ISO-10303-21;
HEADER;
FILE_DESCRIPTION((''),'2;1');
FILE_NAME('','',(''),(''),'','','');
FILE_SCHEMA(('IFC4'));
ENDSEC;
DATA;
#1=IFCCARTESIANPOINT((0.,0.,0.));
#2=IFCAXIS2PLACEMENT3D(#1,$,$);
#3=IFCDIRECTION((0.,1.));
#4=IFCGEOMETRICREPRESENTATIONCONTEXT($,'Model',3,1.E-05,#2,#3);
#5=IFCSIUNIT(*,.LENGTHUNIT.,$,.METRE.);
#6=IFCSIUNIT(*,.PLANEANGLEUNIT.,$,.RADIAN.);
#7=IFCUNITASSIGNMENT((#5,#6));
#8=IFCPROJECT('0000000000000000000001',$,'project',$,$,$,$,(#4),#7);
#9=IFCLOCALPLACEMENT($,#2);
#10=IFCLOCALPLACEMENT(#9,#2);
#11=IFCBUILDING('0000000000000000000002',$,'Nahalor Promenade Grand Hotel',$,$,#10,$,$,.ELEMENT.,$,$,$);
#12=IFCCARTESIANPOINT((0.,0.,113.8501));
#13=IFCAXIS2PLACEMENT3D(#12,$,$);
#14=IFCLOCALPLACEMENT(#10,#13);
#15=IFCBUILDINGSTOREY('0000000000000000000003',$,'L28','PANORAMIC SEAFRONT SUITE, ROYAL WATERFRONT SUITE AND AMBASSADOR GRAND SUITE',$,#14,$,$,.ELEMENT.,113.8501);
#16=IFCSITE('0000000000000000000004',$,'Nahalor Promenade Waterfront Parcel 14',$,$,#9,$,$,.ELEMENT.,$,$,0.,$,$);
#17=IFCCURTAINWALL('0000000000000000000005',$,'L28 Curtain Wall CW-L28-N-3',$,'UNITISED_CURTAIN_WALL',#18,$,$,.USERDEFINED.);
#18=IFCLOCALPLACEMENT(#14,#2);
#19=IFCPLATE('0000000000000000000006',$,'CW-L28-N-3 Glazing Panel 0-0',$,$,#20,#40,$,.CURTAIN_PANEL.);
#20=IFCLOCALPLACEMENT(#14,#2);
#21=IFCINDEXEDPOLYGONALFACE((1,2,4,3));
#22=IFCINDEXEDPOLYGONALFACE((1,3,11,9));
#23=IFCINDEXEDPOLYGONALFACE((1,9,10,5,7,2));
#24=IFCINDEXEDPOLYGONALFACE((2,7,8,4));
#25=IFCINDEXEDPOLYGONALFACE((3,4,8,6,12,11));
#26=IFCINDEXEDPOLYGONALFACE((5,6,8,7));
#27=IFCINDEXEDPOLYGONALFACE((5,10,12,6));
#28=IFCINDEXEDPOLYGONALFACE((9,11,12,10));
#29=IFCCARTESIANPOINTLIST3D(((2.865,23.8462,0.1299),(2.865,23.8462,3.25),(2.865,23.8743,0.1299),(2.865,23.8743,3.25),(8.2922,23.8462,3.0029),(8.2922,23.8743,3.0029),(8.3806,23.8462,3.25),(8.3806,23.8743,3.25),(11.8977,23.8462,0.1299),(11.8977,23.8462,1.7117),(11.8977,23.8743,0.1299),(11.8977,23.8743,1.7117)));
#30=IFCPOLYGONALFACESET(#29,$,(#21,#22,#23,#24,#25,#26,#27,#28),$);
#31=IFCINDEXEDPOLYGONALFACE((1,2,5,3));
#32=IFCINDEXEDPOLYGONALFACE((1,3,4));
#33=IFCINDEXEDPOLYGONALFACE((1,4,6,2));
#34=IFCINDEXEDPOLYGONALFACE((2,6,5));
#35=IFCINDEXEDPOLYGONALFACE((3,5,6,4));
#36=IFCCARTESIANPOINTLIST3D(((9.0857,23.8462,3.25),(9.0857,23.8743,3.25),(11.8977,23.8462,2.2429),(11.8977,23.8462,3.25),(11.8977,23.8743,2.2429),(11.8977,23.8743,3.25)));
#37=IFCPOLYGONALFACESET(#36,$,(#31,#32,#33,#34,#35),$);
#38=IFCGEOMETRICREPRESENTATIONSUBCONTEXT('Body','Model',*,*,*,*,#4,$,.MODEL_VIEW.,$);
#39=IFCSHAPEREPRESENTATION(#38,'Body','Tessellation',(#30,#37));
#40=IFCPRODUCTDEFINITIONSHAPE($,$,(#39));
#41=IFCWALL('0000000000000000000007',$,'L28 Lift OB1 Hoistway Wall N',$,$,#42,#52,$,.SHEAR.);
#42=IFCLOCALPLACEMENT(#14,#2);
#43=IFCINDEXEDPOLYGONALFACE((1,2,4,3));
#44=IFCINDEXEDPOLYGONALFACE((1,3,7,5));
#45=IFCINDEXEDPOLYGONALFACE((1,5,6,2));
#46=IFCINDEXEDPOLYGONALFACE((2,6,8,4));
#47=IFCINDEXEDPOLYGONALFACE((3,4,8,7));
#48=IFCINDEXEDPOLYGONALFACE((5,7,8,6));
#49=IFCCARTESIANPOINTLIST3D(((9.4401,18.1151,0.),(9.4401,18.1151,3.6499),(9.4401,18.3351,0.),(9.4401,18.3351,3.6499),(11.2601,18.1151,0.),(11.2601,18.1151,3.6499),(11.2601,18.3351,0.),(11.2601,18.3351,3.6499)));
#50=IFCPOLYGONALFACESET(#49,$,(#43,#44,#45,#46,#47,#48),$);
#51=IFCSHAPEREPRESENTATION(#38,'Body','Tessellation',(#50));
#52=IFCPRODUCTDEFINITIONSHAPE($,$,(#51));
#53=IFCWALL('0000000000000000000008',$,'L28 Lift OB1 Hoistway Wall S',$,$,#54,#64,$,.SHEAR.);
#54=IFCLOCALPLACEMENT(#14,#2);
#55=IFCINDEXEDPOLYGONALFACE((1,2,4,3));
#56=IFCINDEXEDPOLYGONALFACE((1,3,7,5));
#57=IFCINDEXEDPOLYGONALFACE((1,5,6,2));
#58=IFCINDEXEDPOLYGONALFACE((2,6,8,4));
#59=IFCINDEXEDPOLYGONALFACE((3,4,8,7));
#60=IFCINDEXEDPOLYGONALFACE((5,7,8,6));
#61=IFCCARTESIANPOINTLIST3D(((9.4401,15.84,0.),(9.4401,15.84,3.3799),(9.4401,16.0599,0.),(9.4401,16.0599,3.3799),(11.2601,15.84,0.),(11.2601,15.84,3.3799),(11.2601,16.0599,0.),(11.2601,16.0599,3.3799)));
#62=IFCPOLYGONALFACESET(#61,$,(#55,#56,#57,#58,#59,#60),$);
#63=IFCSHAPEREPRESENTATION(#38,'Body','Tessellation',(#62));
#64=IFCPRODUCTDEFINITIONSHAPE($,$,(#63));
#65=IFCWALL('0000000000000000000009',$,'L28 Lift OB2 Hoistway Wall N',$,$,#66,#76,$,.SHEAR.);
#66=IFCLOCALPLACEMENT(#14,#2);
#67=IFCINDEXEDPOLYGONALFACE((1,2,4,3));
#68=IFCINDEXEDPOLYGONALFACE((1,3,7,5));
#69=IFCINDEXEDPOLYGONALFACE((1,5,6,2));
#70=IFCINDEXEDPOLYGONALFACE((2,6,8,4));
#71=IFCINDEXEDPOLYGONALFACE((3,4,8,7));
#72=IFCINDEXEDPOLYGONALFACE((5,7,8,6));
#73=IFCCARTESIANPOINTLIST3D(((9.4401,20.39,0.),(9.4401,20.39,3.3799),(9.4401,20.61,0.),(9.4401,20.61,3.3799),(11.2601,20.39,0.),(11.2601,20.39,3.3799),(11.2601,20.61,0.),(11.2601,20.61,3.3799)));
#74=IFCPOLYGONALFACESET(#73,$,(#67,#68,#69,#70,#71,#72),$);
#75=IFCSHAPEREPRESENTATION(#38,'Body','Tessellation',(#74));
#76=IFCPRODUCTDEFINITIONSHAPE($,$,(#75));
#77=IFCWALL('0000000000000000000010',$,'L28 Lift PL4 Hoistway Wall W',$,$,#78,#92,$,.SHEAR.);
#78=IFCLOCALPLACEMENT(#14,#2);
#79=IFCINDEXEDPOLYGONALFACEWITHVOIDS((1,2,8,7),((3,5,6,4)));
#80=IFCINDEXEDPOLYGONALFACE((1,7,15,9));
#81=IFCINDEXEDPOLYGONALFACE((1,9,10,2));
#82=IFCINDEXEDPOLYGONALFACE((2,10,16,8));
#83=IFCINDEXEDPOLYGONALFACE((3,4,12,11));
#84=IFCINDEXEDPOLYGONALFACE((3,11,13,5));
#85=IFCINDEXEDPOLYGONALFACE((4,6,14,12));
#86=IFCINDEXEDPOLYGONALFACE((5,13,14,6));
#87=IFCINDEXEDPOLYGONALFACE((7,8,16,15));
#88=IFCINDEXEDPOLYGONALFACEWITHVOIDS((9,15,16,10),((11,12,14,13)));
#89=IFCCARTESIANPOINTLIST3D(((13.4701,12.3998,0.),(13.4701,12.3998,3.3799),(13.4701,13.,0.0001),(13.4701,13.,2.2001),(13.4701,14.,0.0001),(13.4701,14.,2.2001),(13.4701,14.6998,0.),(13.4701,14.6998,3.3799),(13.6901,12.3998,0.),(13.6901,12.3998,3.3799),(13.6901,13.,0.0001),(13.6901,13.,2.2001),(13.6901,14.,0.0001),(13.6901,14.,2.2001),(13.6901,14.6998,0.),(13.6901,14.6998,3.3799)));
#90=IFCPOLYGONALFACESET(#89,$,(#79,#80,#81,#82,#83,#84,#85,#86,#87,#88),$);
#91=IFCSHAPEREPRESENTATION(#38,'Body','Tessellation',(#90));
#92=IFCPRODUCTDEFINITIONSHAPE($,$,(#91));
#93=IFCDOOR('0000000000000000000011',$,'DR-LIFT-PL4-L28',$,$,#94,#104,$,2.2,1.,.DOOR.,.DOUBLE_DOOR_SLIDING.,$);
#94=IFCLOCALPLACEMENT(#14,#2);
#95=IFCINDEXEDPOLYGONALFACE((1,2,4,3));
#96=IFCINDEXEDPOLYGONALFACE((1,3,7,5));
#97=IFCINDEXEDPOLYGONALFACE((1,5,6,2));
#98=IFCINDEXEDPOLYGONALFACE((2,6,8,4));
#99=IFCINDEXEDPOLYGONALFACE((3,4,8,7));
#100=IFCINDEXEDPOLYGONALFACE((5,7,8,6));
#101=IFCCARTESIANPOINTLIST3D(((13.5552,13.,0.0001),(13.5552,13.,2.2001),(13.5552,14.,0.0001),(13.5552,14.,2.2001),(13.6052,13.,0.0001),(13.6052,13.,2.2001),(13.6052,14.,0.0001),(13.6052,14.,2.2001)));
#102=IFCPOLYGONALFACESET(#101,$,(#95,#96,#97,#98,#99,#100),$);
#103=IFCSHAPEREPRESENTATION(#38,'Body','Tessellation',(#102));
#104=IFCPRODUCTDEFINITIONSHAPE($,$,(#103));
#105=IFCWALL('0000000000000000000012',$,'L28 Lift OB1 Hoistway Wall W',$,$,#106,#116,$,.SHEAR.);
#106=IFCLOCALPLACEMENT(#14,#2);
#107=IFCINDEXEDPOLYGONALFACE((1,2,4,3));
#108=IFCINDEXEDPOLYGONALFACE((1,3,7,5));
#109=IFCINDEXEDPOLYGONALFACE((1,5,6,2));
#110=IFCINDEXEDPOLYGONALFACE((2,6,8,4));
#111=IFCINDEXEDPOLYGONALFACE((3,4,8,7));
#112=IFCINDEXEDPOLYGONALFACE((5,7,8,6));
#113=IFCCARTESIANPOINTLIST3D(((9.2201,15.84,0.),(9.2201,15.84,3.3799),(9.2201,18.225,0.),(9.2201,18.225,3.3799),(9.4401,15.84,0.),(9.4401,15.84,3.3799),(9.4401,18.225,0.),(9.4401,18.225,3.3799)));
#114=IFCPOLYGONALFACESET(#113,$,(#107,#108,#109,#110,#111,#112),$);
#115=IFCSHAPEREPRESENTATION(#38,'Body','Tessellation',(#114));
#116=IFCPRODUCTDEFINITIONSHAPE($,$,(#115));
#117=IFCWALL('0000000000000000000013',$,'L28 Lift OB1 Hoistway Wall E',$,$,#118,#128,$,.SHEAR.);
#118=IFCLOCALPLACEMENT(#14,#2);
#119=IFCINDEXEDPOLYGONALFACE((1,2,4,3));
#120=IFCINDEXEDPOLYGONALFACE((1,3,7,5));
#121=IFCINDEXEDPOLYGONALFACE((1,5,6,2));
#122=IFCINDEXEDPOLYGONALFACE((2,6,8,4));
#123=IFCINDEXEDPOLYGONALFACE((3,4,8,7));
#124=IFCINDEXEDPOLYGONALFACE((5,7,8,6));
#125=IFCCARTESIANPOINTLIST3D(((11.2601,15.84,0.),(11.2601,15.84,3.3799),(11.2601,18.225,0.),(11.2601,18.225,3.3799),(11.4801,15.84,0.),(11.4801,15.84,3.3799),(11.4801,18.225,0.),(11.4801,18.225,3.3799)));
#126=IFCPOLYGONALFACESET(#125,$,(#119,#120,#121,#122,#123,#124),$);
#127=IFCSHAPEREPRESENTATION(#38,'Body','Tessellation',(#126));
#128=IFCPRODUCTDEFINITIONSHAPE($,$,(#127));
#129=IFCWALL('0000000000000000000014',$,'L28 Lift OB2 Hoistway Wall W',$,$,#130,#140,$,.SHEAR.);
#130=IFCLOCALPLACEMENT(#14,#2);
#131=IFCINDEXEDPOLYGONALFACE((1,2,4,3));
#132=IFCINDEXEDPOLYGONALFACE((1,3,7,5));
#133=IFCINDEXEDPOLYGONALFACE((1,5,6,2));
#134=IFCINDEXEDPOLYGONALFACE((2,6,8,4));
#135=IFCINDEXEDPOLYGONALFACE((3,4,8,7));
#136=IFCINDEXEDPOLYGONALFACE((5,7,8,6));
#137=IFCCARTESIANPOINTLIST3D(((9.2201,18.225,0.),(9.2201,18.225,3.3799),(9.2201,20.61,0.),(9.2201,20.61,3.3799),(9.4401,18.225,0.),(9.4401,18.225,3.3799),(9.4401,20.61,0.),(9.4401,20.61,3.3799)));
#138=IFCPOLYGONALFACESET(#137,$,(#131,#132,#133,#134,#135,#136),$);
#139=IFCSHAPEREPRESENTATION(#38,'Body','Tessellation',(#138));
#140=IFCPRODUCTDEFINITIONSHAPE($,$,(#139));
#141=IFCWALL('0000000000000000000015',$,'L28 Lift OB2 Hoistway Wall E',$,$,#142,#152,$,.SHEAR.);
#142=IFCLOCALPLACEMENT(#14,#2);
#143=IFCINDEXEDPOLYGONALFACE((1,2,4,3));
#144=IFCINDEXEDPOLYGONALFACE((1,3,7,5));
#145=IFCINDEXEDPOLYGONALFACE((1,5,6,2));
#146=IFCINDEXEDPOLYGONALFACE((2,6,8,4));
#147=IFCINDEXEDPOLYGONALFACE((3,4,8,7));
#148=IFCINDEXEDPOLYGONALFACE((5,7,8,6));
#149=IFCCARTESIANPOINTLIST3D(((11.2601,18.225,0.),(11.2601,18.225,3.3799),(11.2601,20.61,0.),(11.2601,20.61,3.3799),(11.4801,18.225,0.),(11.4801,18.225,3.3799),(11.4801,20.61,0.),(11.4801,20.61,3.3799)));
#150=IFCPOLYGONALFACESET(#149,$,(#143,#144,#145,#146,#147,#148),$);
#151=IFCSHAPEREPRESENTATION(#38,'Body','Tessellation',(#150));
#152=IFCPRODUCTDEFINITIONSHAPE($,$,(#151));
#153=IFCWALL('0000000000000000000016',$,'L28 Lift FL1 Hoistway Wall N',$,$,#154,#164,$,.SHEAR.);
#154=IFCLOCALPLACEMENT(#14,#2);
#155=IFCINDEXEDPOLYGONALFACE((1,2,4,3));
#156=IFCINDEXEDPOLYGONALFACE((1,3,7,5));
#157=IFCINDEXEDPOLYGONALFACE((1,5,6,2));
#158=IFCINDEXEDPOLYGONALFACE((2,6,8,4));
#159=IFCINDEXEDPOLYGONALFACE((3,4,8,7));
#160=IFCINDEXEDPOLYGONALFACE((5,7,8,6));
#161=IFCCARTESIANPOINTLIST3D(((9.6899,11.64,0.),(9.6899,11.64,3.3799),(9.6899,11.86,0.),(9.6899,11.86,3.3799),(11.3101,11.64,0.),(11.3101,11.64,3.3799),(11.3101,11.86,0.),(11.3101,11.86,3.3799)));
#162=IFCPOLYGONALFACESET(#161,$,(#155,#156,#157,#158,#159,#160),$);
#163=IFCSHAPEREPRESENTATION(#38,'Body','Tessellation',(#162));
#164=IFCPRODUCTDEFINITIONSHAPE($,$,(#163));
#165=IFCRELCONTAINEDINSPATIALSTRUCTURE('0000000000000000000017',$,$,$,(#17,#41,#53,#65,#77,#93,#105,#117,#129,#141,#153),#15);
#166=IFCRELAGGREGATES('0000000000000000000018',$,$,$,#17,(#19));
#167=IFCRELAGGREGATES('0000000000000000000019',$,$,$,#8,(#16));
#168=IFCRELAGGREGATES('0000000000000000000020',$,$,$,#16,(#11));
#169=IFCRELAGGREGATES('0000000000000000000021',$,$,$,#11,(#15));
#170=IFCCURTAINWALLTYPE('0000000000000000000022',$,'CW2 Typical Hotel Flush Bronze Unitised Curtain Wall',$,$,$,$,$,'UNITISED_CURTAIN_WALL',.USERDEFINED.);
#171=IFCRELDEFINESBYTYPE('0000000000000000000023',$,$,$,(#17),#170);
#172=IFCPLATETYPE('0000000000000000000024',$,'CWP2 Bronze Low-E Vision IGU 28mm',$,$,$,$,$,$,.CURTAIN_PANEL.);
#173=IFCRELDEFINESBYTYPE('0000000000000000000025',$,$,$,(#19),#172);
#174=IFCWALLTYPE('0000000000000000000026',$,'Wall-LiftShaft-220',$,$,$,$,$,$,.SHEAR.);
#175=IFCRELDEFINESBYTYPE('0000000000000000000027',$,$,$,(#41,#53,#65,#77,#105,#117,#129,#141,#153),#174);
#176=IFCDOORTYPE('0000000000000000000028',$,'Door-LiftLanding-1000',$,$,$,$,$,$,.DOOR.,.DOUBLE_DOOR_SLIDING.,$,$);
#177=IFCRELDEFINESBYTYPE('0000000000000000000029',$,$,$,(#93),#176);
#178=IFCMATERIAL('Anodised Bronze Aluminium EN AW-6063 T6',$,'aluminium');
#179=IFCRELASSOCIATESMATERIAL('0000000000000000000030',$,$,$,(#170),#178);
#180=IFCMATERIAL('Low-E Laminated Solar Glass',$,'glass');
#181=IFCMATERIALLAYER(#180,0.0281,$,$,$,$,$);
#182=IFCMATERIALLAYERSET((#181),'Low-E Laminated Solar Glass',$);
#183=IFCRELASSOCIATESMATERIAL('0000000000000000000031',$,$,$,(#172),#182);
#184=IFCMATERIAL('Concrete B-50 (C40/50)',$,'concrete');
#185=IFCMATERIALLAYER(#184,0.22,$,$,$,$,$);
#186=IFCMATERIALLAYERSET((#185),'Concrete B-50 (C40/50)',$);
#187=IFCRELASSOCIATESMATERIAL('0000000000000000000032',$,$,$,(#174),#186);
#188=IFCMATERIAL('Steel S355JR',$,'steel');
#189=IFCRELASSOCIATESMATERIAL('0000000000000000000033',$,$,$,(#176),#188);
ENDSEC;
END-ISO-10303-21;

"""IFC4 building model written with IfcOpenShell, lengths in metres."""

from ifc_helpers import new_model, si_unit, direction, frame, frame_2d, origin, place, context, subcontext, project, spatial, polyline, rectangle, outline, extrude, source, transform, mapped, material, layer, layer_set, type_object, element, fill, aggregate, save


model = new_model("IFC4")

# Units and contexts
model_context = context("Model", 3, precision=1e-05, world=origin(), true_north=direction((0.0, 1.0)))
body_context = subcontext(model_context, "Body", "Model", "MODEL_VIEW")
ifc_project = project(units=[si_unit("LENGTHUNIT", "METRE"), si_unit("PLANEANGLEUNIT", "RADIAN")], contexts=[model_context])

# Site, building, storey
site_placement = place(None, origin())
site = spatial("IfcSite", under=ifc_project, at=site_placement, Name="Nahalor Promenade Waterfront Parcel 14", CompositionType="ELEMENT", RefElevation=0.0)
building_placement = place(site_placement, origin())
building = spatial("IfcBuilding", under=site, at=building_placement, Name="Nahalor Promenade Grand Hotel", CompositionType="ELEMENT")
storey_placement = place(building_placement, frame((0.0, 0.0, 113.8501)))
storey = spatial("IfcBuildingStorey", under=building, at=storey_placement, Name="L28", Description="PANORAMIC SEAFRONT SUITE, ROYAL WATERFRONT SUITE AND AMBASSADOR GRAND SUITE", CompositionType="ELEMENT", Elevation=113.8501)

# Shared definitions
ifc_material_1 = material(Name="Steel S355JR", Category="steel")

# Curtain wall, plate
ifc_material_2 = material(Name="Anodised Bronze Aluminium EN AW-6063 T6", Category="aluminium")
curtain_wall_type = type_object("IfcCurtainWallType", Name="CW2 Typical Hotel Flush Bronze Unitised Curtain Wall", ElementType="UNITISED_CURTAIN_WALL", PredefinedType="USERDEFINED", material=ifc_material_2)
curtain_wall_placement = place(storey_placement, origin())
curtain_wall = element("IfcCurtainWall", 1, at=curtain_wall_placement, inside=storey, type_object=curtain_wall_type, Name="L28 Curtain Wall CW-L28-N-3", ObjectType="UNITISED_CURTAIN_WALL", PredefinedType="USERDEFINED")
ifc_material_3 = material(Name="Low-E Laminated Solar Glass", Category="glass")
ifc_layer_1 = layer(ifc_material_3, 0.0281)
ifc_layer_set_1 = layer_set([ifc_layer_1], Name="Low-E Laminated Solar Glass")
plate_type = type_object("IfcPlateType", Name="CWP2 Bronze Low-E Vision IGU 28mm", PredefinedType="CURTAIN_PANEL", material=ifc_layer_set_1)
plate_placement = place(storey_placement, frame((7.3813, 23.8601, 0.1299), z_axis=(0.0, 0.0, 1.0), x_axis=(1.0, 0.0, 0.0)))
plate = element("IfcPlate", 2, at=plate_placement, type_object=plate_type, Name="CW-L28-N-3 Glazing Panel 0-0", PredefinedType="CURTAIN_PANEL", context=body_context, shape_type="SweptSolid", body=[
    extrude(outline(polyline([(-4.5164, 0.0), (4.5164, 0.0), (4.5164, 1.5818), (0.9109, 2.873), (0.9993, 3.1201), (-4.5164, 3.1201), (-4.5164, 0.0)])), frame((0.0, 0.0142, 0.0), z_axis=(0.0, -1.0, 0.0), x_axis=(1.0, 0.0, 0.0)), (0.0, 0.0, 1.0), 0.0281),
    extrude(outline(polyline([(4.5164, 2.113), (4.5164, 3.1201), (1.7043, 3.1201), (4.5164, 2.113)])), frame((0.0, 0.0142, 0.0), z_axis=(0.0, -1.0, 0.0), x_axis=(1.0, 0.0, 0.0)), (0.0, 0.0, 1.0), 0.0281),
])
aggregate(curtain_wall, [plate])

# Walls
ifc_material_4 = material(Name="Concrete B-50 (C40/50)", Category="concrete")
ifc_layer_2 = layer(ifc_material_4, 0.22)
ifc_layer_set_2 = layer_set([ifc_layer_2], Name="Concrete B-50 (C40/50)")
wall_type_1 = type_object("IfcWallType", Name="Wall-LiftShaft-220", PredefinedType="SHEAR", material=ifc_layer_set_2)
shared_shape_1 = source(origin(), body_context, "Body", "SweptSolid", [
    extrude(rectangle(XDim=1.8201, YDim=0.22, at=frame_2d((0.9102, 0.0))), origin(), (0.0, 0.0, 1.0), 3.6499),
])
wall_1_placement = place(storey_placement, frame((9.4399, 18.2251, 0.0), z_axis=(0.0, 0.0, 1.0), x_axis=(1.0, 0.0, 0.0)))
element("IfcWall", 3, at=wall_1_placement, inside=storey, type_object=wall_type_1, Name="L28 Lift OB1 Hoistway Wall N", PredefinedType="SHEAR", context=body_context, shape_type="MappedRepresentation", body=[
    mapped(shared_shape_1, transform((0.0, 0.0, 0.0), scale=1.0)),
])
shared_shape_2 = source(origin(), body_context, "Body", "SweptSolid", [
    extrude(rectangle(XDim=1.8201, YDim=0.22, at=frame_2d((0.9102, 0.0))), origin(), (0.0, 0.0, 1.0), 3.3799),
])
for number, where, z_axis, x_axis, name in (
    (4, (9.4399, 15.95, 0.0), (0.0, 0.0, 1.0), (1.0, 0.0, 0.0), "L28 Lift OB1 Hoistway Wall S"),
    (5, (9.4399, 20.5, 0.0), (0.0, 0.0, 1.0), (1.0, 0.0, 0.0), "L28 Lift OB2 Hoistway Wall N"),
):
    element("IfcWall", number, at=place(storey_placement, frame(where, z_axis=z_axis, x_axis=x_axis)), inside=storey, type_object=wall_type_1, Name=name, PredefinedType="SHEAR", context=body_context, shape_type="MappedRepresentation", body=[
        mapped(shared_shape_2, transform((0.0, 0.0, 0.0), scale=1.0)),
    ])

# Wall, opening, door
shared_shape_3 = source(origin(), body_context, "Body", "SweptSolid", [
    extrude(rectangle(XDim=2.3, YDim=0.22, at=frame_2d((1.1499, 0.0))), origin(), (0.0, 0.0, 1.0), 3.3799),
])
wall_2_placement = place(storey_placement, frame((13.5801, 12.3999, 0.0), z_axis=(0.0, 0.0, 1.0), x_axis=(0.0, 1.0, 0.0)))
wall_2 = element("IfcWall", 6, at=wall_2_placement, inside=storey, type_object=wall_type_1, Name="L28 Lift PL4 Hoistway Wall W", PredefinedType="SHEAR", context=body_context, shape_type="MappedRepresentation", body=[
    mapped(shared_shape_3, transform((0.0, 0.0, 0.0), scale=1.0)),
])
opening_1_placement = place(wall_2_placement, frame((0.6001, 0.0, 0.0)))
opening_1 = element("IfcOpeningElement", 7, at=opening_1_placement, cuts=wall_2, PredefinedType="OPENING", context=body_context, shape_type="SweptSolid", body=[
    extrude(rectangle(XDim=1.0, YDim=2.2, at=frame_2d((0.5, 1.1001))), frame((0.0, 0.1199, 0.0), z_axis=(0.0, -1.0, 0.0), x_axis=(1.0, 0.0, 0.0)), (0.0, 0.0, 1.0), 0.24),
])
door_type_1 = type_object("IfcDoorType", Name="Door-LiftLanding-1000", OperationType="DOUBLE_DOOR_SLIDING", PredefinedType="DOOR", material=ifc_material_1)
shared_shape_4 = source(origin(), body_context, "Body", "SweptSolid", [
    extrude(rectangle(XDim=1.0, YDim=2.2, at=frame_2d((0.5, 1.1001))), frame((0.0, 0.0249, 0.0), z_axis=(0.0, -1.0, 0.0), x_axis=(1.0, 0.0, 0.0)), (0.0, 0.0, 1.0), 0.05),
])
door_1_placement = place(opening_1_placement, origin())
door_1 = element("IfcDoor", 8, at=door_1_placement, inside=storey, type_object=door_type_1, Name="DR-LIFT-PL4-L28", OperationType="DOUBLE_DOOR_SLIDING", OverallHeight=2.2, OverallWidth=1.0, PredefinedType="DOOR", context=body_context, shape_type="MappedRepresentation", body=[
    mapped(shared_shape_4, transform((0.0, 0.0, 0.0), scale=1.0)),
])
fill(opening_1, door_1)

# Walls
shared_shape_5 = source(origin(), body_context, "Body", "SweptSolid", [
    extrude(rectangle(XDim=2.385, YDim=0.22, at=frame_2d((1.1924, 0.0))), origin(), (0.0, 0.0, 1.0), 3.3799),
])
for number, where, z_axis, x_axis, name in (
    (9, (9.3301, 15.8401, 0.0), (0.0, 0.0, 1.0), (0.0, 1.0, 0.0), "L28 Lift OB1 Hoistway Wall W"),
    (10, (11.3701, 15.8401, 0.0), (0.0, 0.0, 1.0), (0.0, 1.0, 0.0), "L28 Lift OB1 Hoistway Wall E"),
    (11, (9.3301, 18.2251, 0.0), (0.0, 0.0, 1.0), (0.0, 1.0, 0.0), "L28 Lift OB2 Hoistway Wall W"),
    (12, (11.3701, 18.2251, 0.0), (0.0, 0.0, 1.0), (0.0, 1.0, 0.0), "L28 Lift OB2 Hoistway Wall E"),
):
    element("IfcWall", number, at=place(storey_placement, frame(where, z_axis=z_axis, x_axis=x_axis)), inside=storey, type_object=wall_type_1, Name=name, PredefinedType="SHEAR", context=body_context, shape_type="MappedRepresentation", body=[
        mapped(shared_shape_5, transform((0.0, 0.0, 0.0), scale=1.0)),
    ])
shared_shape_6 = source(origin(), body_context, "Body", "SweptSolid", [
    extrude(rectangle(XDim=1.6201, YDim=0.22, at=frame_2d((0.8101, 0.0))), origin(), (0.0, 0.0, 1.0), 3.3799),
])
wall_3_placement = place(storey_placement, frame((9.6899, 11.75, 0.0), z_axis=(0.0, 0.0, 1.0), x_axis=(1.0, 0.0, 0.0)))
element("IfcWall", 13, at=wall_3_placement, inside=storey, type_object=wall_type_1, Name="L28 Lift FL1 Hoistway Wall N", PredefinedType="SHEAR", context=body_context, shape_type="MappedRepresentation", body=[
    mapped(shared_shape_6, transform((0.0, 0.0, 0.0), scale=1.0)),
])

save(model, "model.ifc")
